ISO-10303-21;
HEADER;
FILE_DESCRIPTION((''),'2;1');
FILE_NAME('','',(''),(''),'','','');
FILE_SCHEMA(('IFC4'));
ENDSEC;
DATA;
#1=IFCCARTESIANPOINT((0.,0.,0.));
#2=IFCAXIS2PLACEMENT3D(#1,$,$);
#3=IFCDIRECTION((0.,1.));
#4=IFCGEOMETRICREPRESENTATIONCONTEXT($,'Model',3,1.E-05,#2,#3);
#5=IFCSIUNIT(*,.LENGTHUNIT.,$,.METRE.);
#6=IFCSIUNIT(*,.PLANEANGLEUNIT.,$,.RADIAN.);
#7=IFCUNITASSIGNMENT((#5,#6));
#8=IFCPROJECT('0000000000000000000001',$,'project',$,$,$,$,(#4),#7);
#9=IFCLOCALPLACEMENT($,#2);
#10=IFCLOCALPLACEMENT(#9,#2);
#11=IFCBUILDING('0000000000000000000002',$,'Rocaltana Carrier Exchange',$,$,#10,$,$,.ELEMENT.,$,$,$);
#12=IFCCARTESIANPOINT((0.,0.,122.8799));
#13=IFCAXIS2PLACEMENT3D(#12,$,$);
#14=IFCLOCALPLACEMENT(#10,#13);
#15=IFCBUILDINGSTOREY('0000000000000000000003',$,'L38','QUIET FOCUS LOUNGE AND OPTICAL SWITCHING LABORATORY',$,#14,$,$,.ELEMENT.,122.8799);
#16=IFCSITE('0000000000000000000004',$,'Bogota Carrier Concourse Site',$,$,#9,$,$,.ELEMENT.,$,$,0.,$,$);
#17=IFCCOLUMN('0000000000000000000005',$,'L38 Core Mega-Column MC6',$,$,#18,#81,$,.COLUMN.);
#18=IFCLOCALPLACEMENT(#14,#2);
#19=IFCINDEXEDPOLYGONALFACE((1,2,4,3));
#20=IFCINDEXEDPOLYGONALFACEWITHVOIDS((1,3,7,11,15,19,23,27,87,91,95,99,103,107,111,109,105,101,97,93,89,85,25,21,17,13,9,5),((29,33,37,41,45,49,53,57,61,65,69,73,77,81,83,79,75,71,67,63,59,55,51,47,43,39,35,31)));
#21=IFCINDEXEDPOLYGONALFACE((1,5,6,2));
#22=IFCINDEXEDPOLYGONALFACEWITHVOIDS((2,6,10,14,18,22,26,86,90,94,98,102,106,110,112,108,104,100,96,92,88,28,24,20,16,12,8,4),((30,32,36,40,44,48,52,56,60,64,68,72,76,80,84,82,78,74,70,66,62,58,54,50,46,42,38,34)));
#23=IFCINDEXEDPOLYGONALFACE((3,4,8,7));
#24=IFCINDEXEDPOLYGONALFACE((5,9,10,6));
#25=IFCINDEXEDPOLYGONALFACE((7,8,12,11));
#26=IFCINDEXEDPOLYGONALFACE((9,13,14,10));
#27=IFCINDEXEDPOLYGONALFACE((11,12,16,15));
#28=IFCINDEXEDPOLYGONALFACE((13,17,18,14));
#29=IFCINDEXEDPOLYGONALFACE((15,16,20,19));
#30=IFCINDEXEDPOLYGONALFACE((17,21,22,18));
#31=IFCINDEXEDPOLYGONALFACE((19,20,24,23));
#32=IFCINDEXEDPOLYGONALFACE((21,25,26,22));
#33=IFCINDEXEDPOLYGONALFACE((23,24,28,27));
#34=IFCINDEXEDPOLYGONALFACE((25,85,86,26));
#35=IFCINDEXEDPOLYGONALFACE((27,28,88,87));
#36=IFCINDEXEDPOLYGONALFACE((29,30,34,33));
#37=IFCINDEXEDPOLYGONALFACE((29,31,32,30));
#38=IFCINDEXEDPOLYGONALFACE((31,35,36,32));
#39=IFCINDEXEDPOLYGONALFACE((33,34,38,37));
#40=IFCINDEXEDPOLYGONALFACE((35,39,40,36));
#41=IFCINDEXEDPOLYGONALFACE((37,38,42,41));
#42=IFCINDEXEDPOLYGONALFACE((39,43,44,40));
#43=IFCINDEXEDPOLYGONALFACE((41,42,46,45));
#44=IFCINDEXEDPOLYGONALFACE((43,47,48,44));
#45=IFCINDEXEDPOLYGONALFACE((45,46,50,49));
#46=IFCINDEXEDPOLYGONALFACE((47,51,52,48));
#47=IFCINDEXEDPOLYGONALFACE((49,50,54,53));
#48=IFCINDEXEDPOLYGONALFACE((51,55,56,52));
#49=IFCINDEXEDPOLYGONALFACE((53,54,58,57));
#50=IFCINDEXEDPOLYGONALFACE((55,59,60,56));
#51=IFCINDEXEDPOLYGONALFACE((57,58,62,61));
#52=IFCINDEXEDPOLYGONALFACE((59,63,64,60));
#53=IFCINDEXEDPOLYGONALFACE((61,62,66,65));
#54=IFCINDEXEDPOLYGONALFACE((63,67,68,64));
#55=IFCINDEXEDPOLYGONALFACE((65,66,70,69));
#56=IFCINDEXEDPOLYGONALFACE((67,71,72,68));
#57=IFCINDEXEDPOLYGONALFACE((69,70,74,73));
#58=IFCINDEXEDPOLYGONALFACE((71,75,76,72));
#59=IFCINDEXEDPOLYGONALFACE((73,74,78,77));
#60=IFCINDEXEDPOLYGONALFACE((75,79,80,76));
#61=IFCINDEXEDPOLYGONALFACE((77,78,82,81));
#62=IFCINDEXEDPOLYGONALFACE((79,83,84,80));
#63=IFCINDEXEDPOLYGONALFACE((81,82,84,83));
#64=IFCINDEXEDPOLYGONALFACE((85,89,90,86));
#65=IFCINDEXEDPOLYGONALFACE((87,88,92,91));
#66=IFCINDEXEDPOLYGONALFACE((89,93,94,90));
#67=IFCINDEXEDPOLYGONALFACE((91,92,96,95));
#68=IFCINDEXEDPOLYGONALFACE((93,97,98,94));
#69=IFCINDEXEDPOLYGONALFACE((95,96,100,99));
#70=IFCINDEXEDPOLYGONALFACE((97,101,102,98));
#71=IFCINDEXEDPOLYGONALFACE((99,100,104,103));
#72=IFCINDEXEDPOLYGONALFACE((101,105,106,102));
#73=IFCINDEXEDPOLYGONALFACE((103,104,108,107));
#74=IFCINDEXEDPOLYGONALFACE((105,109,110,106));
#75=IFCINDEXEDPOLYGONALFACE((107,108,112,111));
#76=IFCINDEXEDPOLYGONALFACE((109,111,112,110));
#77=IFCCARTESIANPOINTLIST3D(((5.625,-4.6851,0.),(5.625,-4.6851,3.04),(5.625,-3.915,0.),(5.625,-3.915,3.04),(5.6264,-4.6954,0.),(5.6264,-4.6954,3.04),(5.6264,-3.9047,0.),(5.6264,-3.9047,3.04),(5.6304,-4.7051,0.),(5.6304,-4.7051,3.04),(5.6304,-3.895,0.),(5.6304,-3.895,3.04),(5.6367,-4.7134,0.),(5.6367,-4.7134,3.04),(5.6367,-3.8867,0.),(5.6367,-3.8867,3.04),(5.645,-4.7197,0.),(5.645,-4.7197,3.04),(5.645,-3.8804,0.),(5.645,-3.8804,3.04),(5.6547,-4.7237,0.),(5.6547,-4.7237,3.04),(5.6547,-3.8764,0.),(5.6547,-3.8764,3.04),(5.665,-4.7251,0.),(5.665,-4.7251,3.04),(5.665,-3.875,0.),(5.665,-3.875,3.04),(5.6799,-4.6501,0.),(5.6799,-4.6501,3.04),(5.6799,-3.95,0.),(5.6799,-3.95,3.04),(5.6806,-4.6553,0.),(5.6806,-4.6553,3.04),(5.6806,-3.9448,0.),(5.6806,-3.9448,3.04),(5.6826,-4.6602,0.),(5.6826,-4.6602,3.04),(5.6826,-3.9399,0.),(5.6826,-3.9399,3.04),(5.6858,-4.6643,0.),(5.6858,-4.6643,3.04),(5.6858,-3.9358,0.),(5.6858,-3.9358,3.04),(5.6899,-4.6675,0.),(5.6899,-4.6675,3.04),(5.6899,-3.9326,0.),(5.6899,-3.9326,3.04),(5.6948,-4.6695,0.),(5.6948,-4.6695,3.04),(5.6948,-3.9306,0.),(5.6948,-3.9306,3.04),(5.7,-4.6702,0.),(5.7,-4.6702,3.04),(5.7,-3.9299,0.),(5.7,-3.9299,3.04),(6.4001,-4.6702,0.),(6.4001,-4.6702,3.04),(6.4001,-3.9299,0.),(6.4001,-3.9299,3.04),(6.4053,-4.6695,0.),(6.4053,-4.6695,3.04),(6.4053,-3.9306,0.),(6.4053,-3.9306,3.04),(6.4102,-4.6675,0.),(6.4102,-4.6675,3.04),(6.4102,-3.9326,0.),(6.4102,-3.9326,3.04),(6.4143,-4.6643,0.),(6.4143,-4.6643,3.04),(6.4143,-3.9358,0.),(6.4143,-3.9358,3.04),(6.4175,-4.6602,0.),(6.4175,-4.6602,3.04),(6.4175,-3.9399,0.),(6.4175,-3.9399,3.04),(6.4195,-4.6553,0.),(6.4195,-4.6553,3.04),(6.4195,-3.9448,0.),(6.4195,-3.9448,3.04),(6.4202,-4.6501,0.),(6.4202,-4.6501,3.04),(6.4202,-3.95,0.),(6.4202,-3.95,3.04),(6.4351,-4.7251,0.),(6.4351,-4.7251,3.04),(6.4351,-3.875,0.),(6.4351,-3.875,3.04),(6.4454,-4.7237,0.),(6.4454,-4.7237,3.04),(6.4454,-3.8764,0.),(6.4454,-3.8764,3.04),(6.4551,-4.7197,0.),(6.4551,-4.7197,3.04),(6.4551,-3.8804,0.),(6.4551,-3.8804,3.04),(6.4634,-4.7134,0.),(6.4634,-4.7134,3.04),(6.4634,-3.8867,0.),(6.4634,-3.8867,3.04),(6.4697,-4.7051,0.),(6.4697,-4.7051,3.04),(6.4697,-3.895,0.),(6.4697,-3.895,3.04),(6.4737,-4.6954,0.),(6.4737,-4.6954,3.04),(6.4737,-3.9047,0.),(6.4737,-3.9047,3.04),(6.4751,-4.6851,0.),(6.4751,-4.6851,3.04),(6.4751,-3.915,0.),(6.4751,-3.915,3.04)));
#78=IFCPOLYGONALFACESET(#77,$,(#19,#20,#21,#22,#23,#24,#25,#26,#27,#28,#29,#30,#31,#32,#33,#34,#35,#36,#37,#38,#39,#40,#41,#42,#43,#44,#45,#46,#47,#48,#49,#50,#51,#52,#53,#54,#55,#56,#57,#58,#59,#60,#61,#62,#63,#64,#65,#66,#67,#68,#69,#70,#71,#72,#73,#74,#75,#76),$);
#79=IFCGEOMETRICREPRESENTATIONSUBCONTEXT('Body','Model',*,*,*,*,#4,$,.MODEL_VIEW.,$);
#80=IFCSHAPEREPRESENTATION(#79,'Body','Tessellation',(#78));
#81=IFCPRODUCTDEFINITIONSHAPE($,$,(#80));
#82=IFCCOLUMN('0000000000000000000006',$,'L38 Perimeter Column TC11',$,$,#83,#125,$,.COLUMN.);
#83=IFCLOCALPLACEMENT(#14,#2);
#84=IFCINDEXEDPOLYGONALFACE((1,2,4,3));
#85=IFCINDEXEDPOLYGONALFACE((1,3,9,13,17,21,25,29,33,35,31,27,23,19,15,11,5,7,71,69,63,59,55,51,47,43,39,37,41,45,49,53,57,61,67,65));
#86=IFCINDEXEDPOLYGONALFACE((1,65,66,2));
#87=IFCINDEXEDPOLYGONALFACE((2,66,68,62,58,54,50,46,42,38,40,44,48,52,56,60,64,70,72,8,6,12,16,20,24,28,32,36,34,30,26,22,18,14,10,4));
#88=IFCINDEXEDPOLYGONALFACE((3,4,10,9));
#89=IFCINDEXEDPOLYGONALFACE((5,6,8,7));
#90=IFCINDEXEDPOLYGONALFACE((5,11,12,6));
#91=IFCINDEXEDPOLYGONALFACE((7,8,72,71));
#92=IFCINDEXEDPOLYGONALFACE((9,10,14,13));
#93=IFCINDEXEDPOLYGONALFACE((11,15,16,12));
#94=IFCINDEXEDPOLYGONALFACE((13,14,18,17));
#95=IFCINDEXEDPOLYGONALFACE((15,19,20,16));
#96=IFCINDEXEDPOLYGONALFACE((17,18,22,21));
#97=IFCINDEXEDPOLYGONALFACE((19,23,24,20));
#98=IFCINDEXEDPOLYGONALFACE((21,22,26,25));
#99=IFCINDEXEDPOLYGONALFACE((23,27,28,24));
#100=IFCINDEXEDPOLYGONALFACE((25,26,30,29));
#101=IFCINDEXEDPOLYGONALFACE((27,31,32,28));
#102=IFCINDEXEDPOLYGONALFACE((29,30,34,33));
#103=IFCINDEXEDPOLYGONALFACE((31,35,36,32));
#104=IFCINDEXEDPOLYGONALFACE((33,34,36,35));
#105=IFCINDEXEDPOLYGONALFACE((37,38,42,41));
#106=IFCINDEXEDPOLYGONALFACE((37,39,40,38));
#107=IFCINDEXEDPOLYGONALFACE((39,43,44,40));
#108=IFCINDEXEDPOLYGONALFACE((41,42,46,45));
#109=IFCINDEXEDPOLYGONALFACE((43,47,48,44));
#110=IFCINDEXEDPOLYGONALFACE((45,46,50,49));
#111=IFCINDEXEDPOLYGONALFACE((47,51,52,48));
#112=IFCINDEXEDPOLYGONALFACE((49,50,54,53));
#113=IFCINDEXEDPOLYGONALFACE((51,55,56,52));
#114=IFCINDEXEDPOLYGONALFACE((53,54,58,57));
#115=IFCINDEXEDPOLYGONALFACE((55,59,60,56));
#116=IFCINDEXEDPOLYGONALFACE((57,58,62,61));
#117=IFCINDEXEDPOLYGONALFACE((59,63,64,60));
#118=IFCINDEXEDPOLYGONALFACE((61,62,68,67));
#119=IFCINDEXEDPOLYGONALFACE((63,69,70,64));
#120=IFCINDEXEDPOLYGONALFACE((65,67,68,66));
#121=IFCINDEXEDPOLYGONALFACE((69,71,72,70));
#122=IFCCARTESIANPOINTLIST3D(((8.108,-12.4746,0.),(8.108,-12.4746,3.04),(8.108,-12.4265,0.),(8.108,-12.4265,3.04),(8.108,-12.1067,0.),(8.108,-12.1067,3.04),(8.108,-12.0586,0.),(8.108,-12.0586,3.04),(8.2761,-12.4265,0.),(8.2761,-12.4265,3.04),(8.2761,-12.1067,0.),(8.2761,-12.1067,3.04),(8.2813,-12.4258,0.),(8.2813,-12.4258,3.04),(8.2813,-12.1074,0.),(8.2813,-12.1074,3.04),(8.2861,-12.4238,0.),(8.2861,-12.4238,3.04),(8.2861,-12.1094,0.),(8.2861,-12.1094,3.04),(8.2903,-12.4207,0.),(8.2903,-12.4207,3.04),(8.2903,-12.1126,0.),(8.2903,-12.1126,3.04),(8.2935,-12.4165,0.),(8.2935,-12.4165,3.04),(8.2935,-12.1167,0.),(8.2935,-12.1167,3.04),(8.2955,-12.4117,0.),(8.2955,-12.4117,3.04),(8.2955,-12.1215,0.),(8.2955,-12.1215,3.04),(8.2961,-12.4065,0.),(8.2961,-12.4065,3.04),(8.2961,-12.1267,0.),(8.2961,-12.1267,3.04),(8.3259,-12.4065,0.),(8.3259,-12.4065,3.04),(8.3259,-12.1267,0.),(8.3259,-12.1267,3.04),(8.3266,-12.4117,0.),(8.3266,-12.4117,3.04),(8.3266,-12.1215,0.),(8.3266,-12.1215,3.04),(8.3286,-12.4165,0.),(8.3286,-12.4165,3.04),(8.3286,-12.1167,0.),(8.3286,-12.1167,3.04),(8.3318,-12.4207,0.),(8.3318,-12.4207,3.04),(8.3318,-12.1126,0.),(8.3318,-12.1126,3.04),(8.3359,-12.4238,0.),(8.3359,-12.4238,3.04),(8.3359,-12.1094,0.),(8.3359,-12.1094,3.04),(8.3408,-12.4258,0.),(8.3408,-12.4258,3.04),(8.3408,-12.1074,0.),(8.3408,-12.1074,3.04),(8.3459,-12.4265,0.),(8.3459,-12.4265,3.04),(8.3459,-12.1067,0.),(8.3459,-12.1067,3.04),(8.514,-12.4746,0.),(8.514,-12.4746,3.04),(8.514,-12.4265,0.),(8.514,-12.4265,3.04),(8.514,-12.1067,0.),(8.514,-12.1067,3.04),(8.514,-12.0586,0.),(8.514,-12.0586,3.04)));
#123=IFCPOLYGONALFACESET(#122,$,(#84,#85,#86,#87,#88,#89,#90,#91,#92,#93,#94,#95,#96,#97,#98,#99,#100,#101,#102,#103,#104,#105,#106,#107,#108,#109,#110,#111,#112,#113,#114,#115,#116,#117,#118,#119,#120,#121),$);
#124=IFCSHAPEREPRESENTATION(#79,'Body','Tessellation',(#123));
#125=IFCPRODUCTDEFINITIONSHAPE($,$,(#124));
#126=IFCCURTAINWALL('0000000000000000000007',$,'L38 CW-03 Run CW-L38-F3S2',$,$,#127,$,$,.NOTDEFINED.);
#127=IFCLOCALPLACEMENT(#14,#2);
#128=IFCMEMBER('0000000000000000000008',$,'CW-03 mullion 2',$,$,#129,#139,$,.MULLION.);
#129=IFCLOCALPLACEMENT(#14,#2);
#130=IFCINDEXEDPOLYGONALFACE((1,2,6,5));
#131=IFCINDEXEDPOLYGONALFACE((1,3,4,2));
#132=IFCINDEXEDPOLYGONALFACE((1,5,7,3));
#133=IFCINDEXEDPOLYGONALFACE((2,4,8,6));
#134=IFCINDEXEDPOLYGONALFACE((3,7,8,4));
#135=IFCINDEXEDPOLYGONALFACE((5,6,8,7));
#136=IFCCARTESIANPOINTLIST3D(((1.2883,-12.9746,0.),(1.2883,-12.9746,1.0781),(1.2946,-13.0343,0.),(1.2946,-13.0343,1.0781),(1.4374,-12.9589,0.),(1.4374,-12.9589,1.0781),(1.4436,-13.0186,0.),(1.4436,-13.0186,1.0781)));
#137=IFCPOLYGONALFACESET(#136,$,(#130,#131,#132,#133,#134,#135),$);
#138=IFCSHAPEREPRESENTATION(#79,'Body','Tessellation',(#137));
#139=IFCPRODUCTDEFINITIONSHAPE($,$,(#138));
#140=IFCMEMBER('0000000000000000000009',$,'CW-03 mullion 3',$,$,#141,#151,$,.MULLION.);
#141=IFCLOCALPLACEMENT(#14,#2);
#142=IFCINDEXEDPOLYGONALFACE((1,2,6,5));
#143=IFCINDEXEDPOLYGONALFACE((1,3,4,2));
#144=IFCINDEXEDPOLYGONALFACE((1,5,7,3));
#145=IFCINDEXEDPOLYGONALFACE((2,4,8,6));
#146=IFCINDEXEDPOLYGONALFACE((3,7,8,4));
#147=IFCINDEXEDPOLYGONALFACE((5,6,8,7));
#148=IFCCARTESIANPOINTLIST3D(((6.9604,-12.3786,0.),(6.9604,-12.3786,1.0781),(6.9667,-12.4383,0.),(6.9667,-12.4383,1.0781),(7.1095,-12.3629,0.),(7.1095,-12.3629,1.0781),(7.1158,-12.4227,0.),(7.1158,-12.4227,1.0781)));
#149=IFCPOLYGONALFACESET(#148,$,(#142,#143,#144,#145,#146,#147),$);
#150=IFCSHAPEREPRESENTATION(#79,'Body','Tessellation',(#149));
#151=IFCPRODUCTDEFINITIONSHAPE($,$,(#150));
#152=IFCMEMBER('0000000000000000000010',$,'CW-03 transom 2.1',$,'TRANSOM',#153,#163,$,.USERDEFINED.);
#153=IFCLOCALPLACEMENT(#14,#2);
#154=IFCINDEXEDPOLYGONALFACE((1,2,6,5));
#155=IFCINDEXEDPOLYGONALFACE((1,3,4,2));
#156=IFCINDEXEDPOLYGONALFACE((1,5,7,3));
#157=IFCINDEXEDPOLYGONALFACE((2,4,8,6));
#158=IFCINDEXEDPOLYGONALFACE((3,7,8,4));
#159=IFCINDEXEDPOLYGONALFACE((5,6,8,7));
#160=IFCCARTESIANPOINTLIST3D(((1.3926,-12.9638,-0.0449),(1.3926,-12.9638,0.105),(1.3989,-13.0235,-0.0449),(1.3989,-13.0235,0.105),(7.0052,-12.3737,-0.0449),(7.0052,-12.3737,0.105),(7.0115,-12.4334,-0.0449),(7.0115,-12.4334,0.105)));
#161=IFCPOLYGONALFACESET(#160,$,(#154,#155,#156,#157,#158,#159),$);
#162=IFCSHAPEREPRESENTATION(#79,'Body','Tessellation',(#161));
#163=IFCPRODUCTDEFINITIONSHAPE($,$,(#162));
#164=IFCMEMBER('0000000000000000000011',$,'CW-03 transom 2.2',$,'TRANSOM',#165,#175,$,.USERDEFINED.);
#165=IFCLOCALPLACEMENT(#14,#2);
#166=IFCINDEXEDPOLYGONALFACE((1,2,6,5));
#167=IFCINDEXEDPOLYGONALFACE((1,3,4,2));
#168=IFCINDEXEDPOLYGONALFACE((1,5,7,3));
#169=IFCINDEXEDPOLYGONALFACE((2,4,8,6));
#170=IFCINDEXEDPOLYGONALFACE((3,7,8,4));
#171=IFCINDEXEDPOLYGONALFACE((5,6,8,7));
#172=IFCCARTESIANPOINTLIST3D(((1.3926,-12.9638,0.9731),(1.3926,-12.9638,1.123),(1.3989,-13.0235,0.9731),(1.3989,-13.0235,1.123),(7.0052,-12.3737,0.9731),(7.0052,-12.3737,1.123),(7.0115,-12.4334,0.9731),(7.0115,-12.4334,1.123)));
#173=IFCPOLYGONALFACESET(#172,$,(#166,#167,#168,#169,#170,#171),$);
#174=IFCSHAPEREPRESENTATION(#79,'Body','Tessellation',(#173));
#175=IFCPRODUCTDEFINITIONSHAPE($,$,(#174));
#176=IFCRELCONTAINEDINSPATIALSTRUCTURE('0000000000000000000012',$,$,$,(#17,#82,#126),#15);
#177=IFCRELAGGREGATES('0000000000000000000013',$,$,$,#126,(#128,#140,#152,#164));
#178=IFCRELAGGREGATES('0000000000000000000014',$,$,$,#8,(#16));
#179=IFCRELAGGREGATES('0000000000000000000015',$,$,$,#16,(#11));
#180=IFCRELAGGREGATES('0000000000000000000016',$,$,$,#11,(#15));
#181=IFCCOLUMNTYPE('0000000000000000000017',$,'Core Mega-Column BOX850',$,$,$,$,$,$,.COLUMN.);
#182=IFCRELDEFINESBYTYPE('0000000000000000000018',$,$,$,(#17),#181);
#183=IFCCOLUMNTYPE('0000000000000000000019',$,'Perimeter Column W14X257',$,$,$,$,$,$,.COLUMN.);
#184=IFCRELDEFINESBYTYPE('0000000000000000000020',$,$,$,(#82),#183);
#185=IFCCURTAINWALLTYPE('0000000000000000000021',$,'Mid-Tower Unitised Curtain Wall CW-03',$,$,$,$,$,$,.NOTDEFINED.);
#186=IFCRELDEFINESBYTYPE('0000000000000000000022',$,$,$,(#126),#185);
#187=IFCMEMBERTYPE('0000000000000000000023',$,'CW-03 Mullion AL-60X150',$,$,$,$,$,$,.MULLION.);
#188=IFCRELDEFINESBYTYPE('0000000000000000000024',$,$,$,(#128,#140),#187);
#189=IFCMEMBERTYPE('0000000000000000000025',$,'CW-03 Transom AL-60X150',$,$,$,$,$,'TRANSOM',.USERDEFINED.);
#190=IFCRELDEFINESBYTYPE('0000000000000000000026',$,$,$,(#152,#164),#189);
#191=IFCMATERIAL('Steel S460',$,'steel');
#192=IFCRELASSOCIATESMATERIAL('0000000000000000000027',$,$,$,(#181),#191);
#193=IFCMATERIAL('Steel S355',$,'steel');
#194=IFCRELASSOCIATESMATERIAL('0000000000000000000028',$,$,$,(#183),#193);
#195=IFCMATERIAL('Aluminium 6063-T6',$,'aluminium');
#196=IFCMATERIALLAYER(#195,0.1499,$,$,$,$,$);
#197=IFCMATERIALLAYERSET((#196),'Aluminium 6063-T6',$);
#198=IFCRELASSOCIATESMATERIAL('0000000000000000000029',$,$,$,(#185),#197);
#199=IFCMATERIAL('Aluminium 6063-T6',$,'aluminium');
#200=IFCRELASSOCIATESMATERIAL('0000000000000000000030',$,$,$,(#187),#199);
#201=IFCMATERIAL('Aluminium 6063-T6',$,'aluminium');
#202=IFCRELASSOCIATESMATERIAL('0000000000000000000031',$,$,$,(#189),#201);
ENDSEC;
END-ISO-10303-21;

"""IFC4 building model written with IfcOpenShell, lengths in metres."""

from ifc_helpers import new_model, si_unit, direction, frame, origin, origin_2d, place, context, subcontext, project, spatial, rectangle, hollow_rectangle, i_section, extrude, material, layer, layer_set, material_profile, profile_set, type_object, element, aggregate, save


model = new_model("IFC4")

# Units and contexts
model_context = context("Model", 3, precision=1e-05, world=origin(), true_north=direction((0.0, 1.0)))
body_context = subcontext(model_context, "Body", "Model", "MODEL_VIEW")
ifc_project = project(units=[si_unit("LENGTHUNIT", "METRE"), si_unit("PLANEANGLEUNIT", "RADIAN")], contexts=[model_context])

# Site, building, storey
site_placement = place(None, origin())
site = spatial("IfcSite", under=ifc_project, at=site_placement, Name="Bogota Carrier Concourse Site", CompositionType="ELEMENT", RefElevation=0.0)
building_placement = place(site_placement, origin())
building = spatial("IfcBuilding", under=site, at=building_placement, Name="Rocaltana Carrier Exchange", CompositionType="ELEMENT")
storey_placement = place(building_placement, frame((0.0, 0.0, 122.8799)))
storey = spatial("IfcBuildingStorey", under=building, at=storey_placement, Name="L38", Description="QUIET FOCUS LOUNGE AND OPTICAL SWITCHING LABORATORY", CompositionType="ELEMENT", Elevation=122.8799)

# Columns
ifc_material_1 = material(Name="Steel S460", Category="steel")
ifc_material_profile_1 = material_profile(ifc_material_1, hollow_rectangle(XDim=0.8501, YDim=0.8501, WallThickness=0.0549, InnerFilletRadius=0.02, OuterFilletRadius=0.04, at=origin_2d()), Name="BOX850X850X55")
ifc_profile_set_1 = profile_set([ifc_material_profile_1], Name="Steel S460")
column_type_1 = type_object("IfcColumnType", Name="Core Mega-Column BOX850", PredefinedType="COLUMN", material=ifc_profile_set_1)
column_1_placement = place(storey_placement, frame((6.05, -4.3, 0.0), z_axis=(0.0, 0.0, 1.0), x_axis=(1.0, 0.0, 0.0)))
element("IfcColumn", 1, at=column_1_placement, inside=storey, type_object=column_type_1, Name="L38 Core Mega-Column MC6", PredefinedType="COLUMN", context=body_context, shape_type="SweptSolid", body=[
    extrude(hollow_rectangle(XDim=0.8501, YDim=0.8501, WallThickness=0.0549, InnerFilletRadius=0.02, OuterFilletRadius=0.04, at=origin_2d()), origin(), (0.0, 0.0, 1.0), 3.04),
])
ifc_material_2 = material(Name="Steel S355", Category="steel")
ifc_material_profile_2 = material_profile(ifc_material_2, i_section(OverallWidth=0.406, OverallDepth=0.416, WebThickness=0.0298, FlangeThickness=0.0481, FilletRadius=0.02, at=origin_2d()), Name="W14X257")
ifc_profile_set_2 = profile_set([ifc_material_profile_2], Name="Steel S355")
column_type_2 = type_object("IfcColumnType", Name="Perimeter Column W14X257", PredefinedType="COLUMN", material=ifc_profile_set_2)
column_2_placement = place(storey_placement, frame((8.311, -12.2666, 0.0), z_axis=(0.0, 0.0, 1.0), x_axis=(1.0, 0.0, 0.0)))
element("IfcColumn", 2, at=column_2_placement, inside=storey, type_object=column_type_2, Name="L38 Perimeter Column TC11", PredefinedType="COLUMN", context=body_context, shape_type="SweptSolid", body=[
    extrude(i_section(OverallWidth=0.406, OverallDepth=0.416, WebThickness=0.0298, FlangeThickness=0.0481, FilletRadius=0.02, at=origin_2d()), origin(), (0.0, 0.0, 1.0), 3.04),
])

# Curtain wall, members
ifc_material_3 = material(Name="Aluminium 6063-T6", Category="aluminium")
ifc_layer_1 = layer(ifc_material_3, 0.1499)
ifc_layer_set_1 = layer_set([ifc_layer_1], Name="Aluminium 6063-T6")
curtain_wall_type = type_object("IfcCurtainWallType", Name="Mid-Tower Unitised Curtain Wall CW-03", PredefinedType="NOTDEFINED", material=ifc_layer_set_1)
curtain_wall_placement = place(storey_placement, origin())
curtain_wall = element("IfcCurtainWall", 3, at=curtain_wall_placement, inside=storey, type_object=curtain_wall_type, Name="L38 CW-03 Run CW-L38-F3S2", PredefinedType="NOTDEFINED")
ifc_material_4 = material(Name="Aluminium 6063-T6", Category="aluminium")
ifc_material_profile_3 = material_profile(ifc_material_4, rectangle(XDim=0.0601, YDim=0.1499, at=origin_2d()), Name="AL-60X150")
ifc_profile_set_3 = profile_set([ifc_material_profile_3], Name="Aluminium 6063-T6")
member_type_1 = type_object("IfcMemberType", Name="CW-03 Mullion AL-60X150", PredefinedType="MULLION", material=ifc_profile_set_3)
member_1_placement = place(storey_placement, frame((1.366, -12.9966, 0.0), z_axis=(0.0, 0.0, 1.0), x_axis=(-0.10453, 0.994522, 0.0)))
member_1 = element("IfcMember", 4, at=member_1_placement, type_object=member_type_1, Name="CW-03 mullion 2", PredefinedType="MULLION", context=body_context, shape_type="SweptSolid", body=[
    extrude(rectangle(XDim=0.0601, YDim=0.1499, at=origin_2d()), origin(), (0.0, 0.0, 1.0), 1.0781),
])
member_2_placement = place(storey_placement, frame((7.0381, -12.4006, 0.0), z_axis=(0.0, 0.0, 1.0), x_axis=(-0.10453, 0.994522, 0.0)))
member_2 = element("IfcMember", 5, at=member_2_placement, type_object=member_type_1, Name="CW-03 mullion 3", PredefinedType="MULLION", context=body_context, shape_type="SweptSolid", body=[
    extrude(rectangle(XDim=0.0601, YDim=0.1499, at=origin_2d()), origin(), (0.0, 0.0, 1.0), 1.0781),
])
ifc_material_5 = material(Name="Aluminium 6063-T6", Category="aluminium")
ifc_material_profile_4 = material_profile(ifc_material_5, rectangle(XDim=0.0601, YDim=0.1499, at=origin_2d()), Name="AL-60X150")
ifc_profile_set_4 = profile_set([ifc_material_profile_4], Name="Aluminium 6063-T6")
member_type_2 = type_object("IfcMemberType", Name="CW-03 Transom AL-60X150", ElementType="TRANSOM", PredefinedType="USERDEFINED", material=ifc_profile_set_4)
member_3_placement = place(storey_placement, frame((1.3958, -12.9937, 0.03), z_axis=(0.994518, 0.104561, 0.0), x_axis=(-0.104561, 0.994518, 0.0)))
member_3 = element("IfcMember", 6, at=member_3_placement, type_object=member_type_2, Name="CW-03 transom 2.1", ObjectType="TRANSOM", PredefinedType="USERDEFINED", context=body_context, shape_type="SweptSolid", body=[
    extrude(rectangle(XDim=0.0601, YDim=0.1499, at=origin_2d()), origin(), (0.0, 0.0, 1.0), 5.6436),
])
member_4_placement = place(storey_placement, frame((1.3958, -12.9937, 1.0481), z_axis=(0.994518, 0.104561, 0.0), x_axis=(-0.104561, 0.994518, 0.0)))
member_4 = element("IfcMember", 7, at=member_4_placement, type_object=member_type_2, Name="CW-03 transom 2.2", ObjectType="TRANSOM", PredefinedType="USERDEFINED", context=body_context, shape_type="SweptSolid", body=[
    extrude(rectangle(XDim=0.0601, YDim=0.1499, at=origin_2d()), origin(), (0.0, 0.0, 1.0), 5.6436),
])

aggregate(curtain_wall, [member_1, member_2, member_3, member_4])

save(model, "model.ifc")
